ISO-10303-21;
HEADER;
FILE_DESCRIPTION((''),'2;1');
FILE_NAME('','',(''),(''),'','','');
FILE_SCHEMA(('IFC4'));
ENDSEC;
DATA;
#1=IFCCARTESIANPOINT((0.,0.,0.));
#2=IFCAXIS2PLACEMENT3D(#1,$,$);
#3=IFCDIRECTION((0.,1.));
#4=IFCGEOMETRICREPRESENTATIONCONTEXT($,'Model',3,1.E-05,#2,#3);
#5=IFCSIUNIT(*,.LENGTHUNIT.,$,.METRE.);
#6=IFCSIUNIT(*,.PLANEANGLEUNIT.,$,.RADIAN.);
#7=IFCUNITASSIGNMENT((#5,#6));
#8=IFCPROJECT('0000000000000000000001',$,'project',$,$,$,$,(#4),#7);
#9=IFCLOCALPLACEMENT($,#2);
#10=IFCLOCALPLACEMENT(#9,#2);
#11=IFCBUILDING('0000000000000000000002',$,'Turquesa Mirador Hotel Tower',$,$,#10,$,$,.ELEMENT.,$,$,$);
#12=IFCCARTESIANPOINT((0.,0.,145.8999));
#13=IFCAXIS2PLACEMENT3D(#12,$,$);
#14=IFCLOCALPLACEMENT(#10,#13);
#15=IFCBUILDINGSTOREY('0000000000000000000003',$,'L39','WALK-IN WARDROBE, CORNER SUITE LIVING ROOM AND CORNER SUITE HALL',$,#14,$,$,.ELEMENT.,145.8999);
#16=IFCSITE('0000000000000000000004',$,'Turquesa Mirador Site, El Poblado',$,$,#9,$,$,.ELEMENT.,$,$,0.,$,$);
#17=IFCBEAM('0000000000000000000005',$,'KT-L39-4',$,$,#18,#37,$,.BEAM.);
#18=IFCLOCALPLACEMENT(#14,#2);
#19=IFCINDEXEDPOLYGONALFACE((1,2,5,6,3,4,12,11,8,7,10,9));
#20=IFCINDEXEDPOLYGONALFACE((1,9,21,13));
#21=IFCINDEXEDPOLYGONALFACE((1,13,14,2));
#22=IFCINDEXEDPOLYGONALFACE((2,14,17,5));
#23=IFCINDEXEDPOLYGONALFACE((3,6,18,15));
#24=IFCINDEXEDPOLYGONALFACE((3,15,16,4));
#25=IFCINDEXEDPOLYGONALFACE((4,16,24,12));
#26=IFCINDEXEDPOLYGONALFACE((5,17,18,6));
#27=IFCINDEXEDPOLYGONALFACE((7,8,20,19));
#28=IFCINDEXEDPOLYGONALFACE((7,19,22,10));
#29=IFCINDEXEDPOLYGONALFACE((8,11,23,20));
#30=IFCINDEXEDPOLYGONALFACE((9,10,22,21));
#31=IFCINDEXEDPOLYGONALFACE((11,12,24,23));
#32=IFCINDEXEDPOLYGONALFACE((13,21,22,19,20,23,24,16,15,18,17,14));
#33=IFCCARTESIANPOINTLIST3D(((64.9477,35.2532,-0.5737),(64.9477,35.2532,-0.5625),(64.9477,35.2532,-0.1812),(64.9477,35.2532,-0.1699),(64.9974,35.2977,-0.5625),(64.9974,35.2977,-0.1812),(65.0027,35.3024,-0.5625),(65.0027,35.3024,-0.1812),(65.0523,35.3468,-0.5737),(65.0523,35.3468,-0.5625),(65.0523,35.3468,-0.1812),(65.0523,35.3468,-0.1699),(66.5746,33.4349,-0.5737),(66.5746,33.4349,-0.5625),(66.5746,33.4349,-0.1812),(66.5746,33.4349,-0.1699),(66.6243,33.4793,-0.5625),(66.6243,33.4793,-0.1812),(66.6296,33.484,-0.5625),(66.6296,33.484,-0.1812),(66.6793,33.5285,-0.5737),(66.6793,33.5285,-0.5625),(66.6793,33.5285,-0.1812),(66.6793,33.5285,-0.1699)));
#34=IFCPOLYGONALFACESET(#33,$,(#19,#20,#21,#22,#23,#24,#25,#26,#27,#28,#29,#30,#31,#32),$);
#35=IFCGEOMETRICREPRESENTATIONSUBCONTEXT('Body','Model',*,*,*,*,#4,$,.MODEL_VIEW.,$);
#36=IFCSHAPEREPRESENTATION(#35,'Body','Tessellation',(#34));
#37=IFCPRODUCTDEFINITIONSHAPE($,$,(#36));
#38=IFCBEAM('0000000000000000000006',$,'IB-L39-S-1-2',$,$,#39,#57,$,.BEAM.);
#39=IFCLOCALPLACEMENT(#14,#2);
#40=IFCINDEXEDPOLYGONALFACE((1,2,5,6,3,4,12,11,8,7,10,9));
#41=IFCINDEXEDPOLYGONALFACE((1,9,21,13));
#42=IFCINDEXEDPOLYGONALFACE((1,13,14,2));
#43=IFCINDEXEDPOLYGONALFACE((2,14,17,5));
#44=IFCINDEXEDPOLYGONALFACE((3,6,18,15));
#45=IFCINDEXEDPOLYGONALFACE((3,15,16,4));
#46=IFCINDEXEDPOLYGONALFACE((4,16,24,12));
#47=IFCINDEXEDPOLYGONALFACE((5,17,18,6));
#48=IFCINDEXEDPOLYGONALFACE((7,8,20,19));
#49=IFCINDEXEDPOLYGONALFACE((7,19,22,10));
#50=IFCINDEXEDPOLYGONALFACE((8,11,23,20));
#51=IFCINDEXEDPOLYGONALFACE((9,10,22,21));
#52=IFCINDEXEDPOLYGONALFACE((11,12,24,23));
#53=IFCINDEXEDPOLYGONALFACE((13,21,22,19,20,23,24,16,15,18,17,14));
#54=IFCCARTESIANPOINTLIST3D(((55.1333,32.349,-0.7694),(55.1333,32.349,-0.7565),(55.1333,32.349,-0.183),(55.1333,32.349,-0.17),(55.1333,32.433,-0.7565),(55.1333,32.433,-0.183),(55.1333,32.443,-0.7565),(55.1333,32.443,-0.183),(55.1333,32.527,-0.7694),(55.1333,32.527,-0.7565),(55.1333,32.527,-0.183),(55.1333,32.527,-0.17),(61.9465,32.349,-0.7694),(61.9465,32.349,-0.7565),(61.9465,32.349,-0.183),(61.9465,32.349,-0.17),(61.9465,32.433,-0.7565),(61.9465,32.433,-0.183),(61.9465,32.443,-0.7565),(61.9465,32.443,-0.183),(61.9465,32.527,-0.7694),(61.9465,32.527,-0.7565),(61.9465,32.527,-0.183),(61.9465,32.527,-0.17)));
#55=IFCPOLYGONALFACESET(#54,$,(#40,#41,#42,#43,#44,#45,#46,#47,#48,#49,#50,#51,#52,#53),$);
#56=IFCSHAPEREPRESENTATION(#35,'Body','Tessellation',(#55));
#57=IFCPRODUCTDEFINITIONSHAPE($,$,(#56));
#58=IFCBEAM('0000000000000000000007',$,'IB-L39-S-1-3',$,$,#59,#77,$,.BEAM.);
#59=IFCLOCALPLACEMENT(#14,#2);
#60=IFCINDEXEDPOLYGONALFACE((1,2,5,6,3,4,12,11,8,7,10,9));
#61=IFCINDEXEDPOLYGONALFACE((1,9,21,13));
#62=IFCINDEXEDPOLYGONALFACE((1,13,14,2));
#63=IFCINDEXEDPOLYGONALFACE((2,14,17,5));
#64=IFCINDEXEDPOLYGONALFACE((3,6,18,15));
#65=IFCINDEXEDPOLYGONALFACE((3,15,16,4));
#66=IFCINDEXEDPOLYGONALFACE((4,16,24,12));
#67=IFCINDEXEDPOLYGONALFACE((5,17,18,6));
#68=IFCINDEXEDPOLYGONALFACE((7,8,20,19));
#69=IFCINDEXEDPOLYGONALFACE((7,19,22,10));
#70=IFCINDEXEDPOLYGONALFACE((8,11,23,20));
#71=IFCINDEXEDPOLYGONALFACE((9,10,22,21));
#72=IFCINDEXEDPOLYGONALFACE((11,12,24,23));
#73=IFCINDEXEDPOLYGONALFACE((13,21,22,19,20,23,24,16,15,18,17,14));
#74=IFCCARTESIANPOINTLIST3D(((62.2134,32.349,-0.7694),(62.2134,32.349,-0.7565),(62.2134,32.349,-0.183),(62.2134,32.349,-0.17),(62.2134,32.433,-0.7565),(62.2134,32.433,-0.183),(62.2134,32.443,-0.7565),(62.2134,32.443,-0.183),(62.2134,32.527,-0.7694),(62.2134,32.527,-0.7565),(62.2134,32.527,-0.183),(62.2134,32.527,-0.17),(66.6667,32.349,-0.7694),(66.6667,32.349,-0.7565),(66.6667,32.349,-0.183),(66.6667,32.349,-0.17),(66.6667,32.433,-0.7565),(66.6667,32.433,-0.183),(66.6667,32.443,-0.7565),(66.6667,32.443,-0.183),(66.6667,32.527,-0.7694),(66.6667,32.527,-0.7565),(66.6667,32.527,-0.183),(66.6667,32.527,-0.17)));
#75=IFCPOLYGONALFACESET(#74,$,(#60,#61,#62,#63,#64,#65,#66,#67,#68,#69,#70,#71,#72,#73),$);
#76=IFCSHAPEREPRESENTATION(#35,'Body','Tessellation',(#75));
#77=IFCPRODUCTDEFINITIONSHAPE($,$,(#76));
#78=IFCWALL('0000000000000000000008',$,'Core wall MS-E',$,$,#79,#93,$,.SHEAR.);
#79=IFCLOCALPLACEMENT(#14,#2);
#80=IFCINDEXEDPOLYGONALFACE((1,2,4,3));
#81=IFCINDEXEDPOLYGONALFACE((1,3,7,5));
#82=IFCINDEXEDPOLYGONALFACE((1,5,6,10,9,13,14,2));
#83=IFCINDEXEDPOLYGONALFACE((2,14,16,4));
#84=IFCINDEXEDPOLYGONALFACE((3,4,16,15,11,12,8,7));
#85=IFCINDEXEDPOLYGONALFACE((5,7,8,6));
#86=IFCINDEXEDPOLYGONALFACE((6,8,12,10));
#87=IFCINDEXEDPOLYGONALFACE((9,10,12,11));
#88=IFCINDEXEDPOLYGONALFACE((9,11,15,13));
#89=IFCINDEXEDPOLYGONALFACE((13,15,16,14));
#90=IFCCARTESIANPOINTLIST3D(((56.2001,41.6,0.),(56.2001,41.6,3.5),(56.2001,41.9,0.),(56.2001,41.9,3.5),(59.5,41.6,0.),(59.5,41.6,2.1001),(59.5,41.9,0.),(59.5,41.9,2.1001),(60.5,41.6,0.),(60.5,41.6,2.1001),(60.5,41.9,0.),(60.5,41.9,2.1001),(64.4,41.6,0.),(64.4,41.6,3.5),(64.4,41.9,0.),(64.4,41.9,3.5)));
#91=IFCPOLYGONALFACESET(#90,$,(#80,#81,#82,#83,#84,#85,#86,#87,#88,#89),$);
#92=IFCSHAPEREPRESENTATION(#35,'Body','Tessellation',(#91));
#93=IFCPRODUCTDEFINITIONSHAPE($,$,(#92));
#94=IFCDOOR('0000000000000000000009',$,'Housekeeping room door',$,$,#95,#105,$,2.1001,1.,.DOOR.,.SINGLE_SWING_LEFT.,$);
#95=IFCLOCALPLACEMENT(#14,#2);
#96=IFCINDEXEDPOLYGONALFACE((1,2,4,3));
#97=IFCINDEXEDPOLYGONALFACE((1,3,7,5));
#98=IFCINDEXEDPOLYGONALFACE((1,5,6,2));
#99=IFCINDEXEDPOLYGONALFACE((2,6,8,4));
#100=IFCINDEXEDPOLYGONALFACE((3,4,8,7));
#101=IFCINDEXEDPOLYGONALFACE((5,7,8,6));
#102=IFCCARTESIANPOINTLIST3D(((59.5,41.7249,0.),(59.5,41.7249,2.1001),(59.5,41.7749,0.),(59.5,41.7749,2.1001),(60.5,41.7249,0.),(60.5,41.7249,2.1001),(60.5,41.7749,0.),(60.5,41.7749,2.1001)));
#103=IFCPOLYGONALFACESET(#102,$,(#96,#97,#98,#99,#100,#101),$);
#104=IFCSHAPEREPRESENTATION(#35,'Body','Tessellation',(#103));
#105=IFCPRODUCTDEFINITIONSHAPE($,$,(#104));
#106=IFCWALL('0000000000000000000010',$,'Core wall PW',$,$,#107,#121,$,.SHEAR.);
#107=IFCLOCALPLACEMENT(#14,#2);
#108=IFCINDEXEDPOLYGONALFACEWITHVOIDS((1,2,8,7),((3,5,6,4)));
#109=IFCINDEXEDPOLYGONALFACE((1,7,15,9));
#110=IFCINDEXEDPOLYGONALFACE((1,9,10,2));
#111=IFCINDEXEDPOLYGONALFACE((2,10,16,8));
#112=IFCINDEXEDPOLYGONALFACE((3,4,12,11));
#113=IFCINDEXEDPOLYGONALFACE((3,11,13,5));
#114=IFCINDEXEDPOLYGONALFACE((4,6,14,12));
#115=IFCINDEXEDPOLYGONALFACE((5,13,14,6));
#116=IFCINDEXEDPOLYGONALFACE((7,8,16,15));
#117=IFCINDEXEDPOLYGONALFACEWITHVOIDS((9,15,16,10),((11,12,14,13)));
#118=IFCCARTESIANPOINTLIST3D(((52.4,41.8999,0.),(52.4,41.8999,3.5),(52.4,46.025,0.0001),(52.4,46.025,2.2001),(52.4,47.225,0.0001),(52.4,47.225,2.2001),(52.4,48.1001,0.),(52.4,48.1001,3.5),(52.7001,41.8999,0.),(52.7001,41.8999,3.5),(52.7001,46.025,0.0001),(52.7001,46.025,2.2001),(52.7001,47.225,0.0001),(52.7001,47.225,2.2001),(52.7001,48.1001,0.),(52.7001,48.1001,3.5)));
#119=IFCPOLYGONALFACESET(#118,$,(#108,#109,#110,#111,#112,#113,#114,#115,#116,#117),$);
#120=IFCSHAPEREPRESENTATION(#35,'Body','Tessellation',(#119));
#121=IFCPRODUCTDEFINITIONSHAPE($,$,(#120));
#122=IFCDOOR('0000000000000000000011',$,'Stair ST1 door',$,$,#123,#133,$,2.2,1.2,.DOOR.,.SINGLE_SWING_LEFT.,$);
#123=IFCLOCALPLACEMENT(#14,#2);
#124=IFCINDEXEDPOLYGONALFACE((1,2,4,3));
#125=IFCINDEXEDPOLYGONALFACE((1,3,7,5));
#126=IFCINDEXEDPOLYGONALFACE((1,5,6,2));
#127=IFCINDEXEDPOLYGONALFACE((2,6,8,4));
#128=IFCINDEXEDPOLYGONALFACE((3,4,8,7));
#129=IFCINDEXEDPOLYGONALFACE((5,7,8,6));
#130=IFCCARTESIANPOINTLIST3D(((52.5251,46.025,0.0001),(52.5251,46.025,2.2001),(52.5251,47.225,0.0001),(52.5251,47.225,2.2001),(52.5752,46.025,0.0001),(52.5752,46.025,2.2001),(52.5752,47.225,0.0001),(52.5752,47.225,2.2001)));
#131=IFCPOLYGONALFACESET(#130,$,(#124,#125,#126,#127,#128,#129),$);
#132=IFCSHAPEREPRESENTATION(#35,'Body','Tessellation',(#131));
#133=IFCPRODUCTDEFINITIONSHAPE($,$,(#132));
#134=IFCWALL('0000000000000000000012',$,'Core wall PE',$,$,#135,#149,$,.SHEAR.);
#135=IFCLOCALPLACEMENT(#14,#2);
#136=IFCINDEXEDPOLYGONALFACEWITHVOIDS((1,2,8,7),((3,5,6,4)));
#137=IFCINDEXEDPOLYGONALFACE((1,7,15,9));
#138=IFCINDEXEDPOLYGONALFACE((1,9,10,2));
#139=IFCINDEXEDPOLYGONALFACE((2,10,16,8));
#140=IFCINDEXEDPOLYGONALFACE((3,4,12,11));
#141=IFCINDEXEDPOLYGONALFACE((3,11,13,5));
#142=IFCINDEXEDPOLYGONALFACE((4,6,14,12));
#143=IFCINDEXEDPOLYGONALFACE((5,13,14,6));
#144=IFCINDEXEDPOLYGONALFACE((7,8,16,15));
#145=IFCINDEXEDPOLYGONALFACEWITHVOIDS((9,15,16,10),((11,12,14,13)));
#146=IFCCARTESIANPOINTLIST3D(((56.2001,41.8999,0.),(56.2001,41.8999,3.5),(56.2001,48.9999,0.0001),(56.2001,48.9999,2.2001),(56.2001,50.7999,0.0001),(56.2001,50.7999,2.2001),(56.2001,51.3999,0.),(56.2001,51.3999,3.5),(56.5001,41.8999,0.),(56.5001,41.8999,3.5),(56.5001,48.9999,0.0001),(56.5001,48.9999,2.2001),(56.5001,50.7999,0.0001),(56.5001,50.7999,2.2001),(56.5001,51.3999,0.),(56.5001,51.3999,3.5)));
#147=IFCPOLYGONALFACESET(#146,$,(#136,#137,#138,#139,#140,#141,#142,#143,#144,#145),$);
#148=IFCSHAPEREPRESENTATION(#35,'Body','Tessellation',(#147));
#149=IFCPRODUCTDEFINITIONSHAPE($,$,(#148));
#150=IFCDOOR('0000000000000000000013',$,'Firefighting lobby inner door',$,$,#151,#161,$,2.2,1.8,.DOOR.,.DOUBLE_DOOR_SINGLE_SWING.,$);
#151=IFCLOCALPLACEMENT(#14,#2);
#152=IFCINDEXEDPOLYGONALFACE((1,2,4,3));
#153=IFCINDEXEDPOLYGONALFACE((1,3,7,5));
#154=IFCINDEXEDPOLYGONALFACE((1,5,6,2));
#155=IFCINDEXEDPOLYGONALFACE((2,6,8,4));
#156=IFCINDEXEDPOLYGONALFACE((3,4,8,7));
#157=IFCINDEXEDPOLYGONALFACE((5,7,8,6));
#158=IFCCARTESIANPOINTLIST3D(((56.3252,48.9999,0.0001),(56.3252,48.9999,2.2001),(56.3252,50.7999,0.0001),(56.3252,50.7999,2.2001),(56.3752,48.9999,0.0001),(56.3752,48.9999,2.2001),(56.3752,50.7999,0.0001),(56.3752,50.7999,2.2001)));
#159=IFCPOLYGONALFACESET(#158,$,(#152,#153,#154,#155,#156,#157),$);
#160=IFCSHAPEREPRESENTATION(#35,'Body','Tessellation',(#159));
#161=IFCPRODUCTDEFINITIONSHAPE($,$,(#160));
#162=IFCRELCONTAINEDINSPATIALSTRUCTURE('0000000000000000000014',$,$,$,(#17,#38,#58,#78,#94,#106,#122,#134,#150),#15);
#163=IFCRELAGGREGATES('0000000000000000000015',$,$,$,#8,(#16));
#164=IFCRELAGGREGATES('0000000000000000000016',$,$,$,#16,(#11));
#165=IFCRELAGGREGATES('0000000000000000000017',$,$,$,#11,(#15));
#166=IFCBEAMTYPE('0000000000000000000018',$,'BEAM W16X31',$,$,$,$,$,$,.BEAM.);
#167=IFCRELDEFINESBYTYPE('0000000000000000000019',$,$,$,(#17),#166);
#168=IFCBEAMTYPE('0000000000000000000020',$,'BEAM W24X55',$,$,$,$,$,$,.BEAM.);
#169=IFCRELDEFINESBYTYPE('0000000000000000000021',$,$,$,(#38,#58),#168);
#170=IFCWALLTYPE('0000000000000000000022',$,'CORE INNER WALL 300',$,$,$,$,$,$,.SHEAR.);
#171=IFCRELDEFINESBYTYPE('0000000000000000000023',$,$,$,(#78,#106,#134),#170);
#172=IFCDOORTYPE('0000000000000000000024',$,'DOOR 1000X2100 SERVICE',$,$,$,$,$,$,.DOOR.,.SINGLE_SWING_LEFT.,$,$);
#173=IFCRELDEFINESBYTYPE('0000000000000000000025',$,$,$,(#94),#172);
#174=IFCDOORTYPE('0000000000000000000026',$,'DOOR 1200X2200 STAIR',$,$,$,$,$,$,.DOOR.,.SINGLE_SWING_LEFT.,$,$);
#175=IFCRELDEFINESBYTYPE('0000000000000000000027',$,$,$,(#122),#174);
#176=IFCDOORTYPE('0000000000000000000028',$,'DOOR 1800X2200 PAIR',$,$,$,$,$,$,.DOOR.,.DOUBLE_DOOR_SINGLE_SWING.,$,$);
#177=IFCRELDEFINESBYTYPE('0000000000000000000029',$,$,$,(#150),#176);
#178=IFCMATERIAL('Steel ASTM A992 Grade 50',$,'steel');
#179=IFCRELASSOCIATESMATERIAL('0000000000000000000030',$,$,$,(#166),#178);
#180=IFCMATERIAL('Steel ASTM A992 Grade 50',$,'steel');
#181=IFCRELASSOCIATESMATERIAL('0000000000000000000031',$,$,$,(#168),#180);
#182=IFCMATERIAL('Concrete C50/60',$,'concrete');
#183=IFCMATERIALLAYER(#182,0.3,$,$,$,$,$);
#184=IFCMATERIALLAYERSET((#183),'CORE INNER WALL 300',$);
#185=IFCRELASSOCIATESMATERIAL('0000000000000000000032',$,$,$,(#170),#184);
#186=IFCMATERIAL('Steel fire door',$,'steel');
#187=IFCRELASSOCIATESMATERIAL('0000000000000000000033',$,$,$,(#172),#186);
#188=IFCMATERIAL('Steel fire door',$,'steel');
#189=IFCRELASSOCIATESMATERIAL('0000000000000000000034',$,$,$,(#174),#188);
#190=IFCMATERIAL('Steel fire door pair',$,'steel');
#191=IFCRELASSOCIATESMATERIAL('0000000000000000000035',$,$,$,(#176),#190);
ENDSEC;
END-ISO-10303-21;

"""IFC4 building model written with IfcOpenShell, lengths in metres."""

from ifc_helpers import new_model, si_unit, direction, frame, frame_2d, origin, origin_2d, place, context, subcontext, project, spatial, rectangle, i_section, extrude, material, layer, layer_set, material_profile, profile_set, type_object, element, fill, save


model = new_model("IFC4")

# Units and contexts
model_context = context("Model", 3, precision=1e-05, world=origin(), true_north=direction((0.0, 1.0)))
body_context = subcontext(model_context, "Body", "Model", "MODEL_VIEW")
ifc_project = project(units=[si_unit("LENGTHUNIT", "METRE"), si_unit("PLANEANGLEUNIT", "RADIAN")], contexts=[model_context])

# Site, building, storey
site_placement = place(None, origin())
site = spatial("IfcSite", under=ifc_project, at=site_placement, Name="Turquesa Mirador Site, El Poblado", CompositionType="ELEMENT", RefElevation=0.0)
building_placement = place(site_placement, origin())
building = spatial("IfcBuilding", under=site, at=building_placement, Name="Turquesa Mirador Hotel Tower", CompositionType="ELEMENT")
storey_placement = place(building_placement, frame((0.0, 0.0, 145.8999)))
storey = spatial("IfcBuildingStorey", under=building, at=storey_placement, Name="L39", Description="WALK-IN WARDROBE, CORNER SUITE LIVING ROOM AND CORNER SUITE HALL", CompositionType="ELEMENT", Elevation=145.8999)

# Beams
ifc_material_1 = material(Name="Steel ASTM A992 Grade 50", Category="steel")
ifc_material_profile_1 = material_profile(ifc_material_1, i_section(OverallWidth=0.1404, OverallDepth=0.4038, WebThickness=0.0071, FlangeThickness=0.0112, at=origin_2d()), Name="W16X31")
ifc_profile_set_1 = profile_set([ifc_material_profile_1], Name="Steel ASTM A992 Grade 50")
beam_type_1 = type_object("IfcBeamType", Name="BEAM W16X31", PredefinedType="BEAM", material=ifc_profile_set_1)
beam_1_placement = place(storey_placement, frame((66.627, 33.4817, -0.3718), z_axis=(-0.666795, 0.745241, 0.0), x_axis=(-0.745241, -0.666795, 0.0)))
element("IfcBeam", 1, at=beam_1_placement, inside=storey, type_object=beam_type_1, Name="KT-L39-4", PredefinedType="BEAM", context=body_context, shape_type="SweptSolid", body=[
    extrude(i_section(OverallWidth=0.1404, OverallDepth=0.4038, WebThickness=0.0071, FlangeThickness=0.0112, at=origin_2d()), origin(), (0.0, 0.0, 1.0), 2.4399),
])
ifc_material_2 = material(Name="Steel ASTM A992 Grade 50", Category="steel")
ifc_material_profile_2 = material_profile(ifc_material_2, i_section(OverallWidth=0.178, OverallDepth=0.5994, WebThickness=0.01, FlangeThickness=0.0129, at=origin_2d()), Name="W24X55")
ifc_profile_set_2 = profile_set([ifc_material_profile_2], Name="Steel ASTM A992 Grade 50")
beam_type_2 = type_object("IfcBeamType", Name="BEAM W24X55", PredefinedType="BEAM", material=ifc_profile_set_2)
beam_2_placement = place(storey_placement, frame((55.1333, 32.438, -0.4697), z_axis=(1.0, 0.0, 0.0), x_axis=(0.0, 1.0, 0.0)))
element("IfcBeam", 2, at=beam_2_placement, inside=storey, type_object=beam_type_2, Name="IB-L39-S-1-2", PredefinedType="BEAM", context=body_context, shape_type="SweptSolid", body=[
    extrude(i_section(OverallWidth=0.178, OverallDepth=0.5994, WebThickness=0.01, FlangeThickness=0.0129, at=origin_2d()), origin(), (0.0, 0.0, 1.0), 6.8132),
])
beam_3_placement = place(storey_placement, frame((62.2134, 32.438, -0.4697), z_axis=(1.0, 0.0, 0.0), x_axis=(0.0, 1.0, 0.0)))
element("IfcBeam", 3, at=beam_3_placement, inside=storey, type_object=beam_type_2, Name="IB-L39-S-1-3", PredefinedType="BEAM", context=body_context, shape_type="SweptSolid", body=[
    extrude(i_section(OverallWidth=0.178, OverallDepth=0.5994, WebThickness=0.01, FlangeThickness=0.0129, at=origin_2d()), origin(), (0.0, 0.0, 1.0), 4.4534),
])

# Walls, openings, doors
ifc_material_3 = material(Name="Concrete C50/60", Category="concrete")
ifc_layer_1 = layer(ifc_material_3, 0.3)
ifc_layer_set_1 = layer_set([ifc_layer_1], Name="CORE INNER WALL 300")
wall_type_1 = type_object("IfcWallType", Name="CORE INNER WALL 300", PredefinedType="SHEAR", material=ifc_layer_set_1)
wall_1_placement = place(storey_placement, frame((56.2, 41.75, 0.0), z_axis=(0.0, 0.0, 1.0), x_axis=(1.0, 0.0, 0.0)))
wall_1 = element("IfcWall", 4, at=wall_1_placement, inside=storey, type_object=wall_type_1, Name="Core wall MS-E", PredefinedType="SHEAR", context=body_context, shape_type="SweptSolid", body=[
    extrude(rectangle(XDim=8.2, YDim=0.3, at=frame_2d((4.1001, 0.0))), origin(), (0.0, 0.0, 1.0), 3.5),
])
opening_1_placement = place(wall_1_placement, frame((3.3, 0.0, 0.0)))
opening_1 = element("IfcOpeningElement", 5, at=opening_1_placement, cuts=wall_1, PredefinedType="OPENING", context=body_context, shape_type="SweptSolid", body=[
    extrude(rectangle(XDim=1.0, YDim=2.1001, at=frame_2d((0.5, 1.05))), frame((0.0, 0.1599, 0.0), z_axis=(0.0, -1.0, 0.0), x_axis=(1.0, 0.0, 0.0)), (0.0, 0.0, 1.0), 0.3201),
])
ifc_material_4 = material(Name="Steel fire door", Category="steel")
door_type_1 = type_object("IfcDoorType", Name="DOOR 1000X2100 SERVICE", OperationType="SINGLE_SWING_LEFT", PredefinedType="DOOR", material=ifc_material_4)
door_1_placement = place(opening_1_placement, origin())
door_1 = element("IfcDoor", 6, at=door_1_placement, inside=storey, type_object=door_type_1, Name="Housekeeping room door", OperationType="SINGLE_SWING_LEFT", OverallHeight=2.1001, OverallWidth=1.0, PredefinedType="DOOR", context=body_context, shape_type="SweptSolid", body=[
    extrude(rectangle(XDim=1.0, YDim=2.1001, at=frame_2d((0.5, 1.05))), frame((0.0, 0.0249, 0.0), z_axis=(0.0, -1.0, 0.0), x_axis=(1.0, 0.0, 0.0)), (0.0, 0.0, 1.0), 0.05),
])
fill(opening_1, door_1)
wall_2_placement = place(storey_placement, frame((52.55, 41.8999, 0.0), z_axis=(0.0, 0.0, 1.0), x_axis=(0.0, 1.0, 0.0)))
wall_2 = element("IfcWall", 7, at=wall_2_placement, inside=storey, type_object=wall_type_1, Name="Core wall PW", PredefinedType="SHEAR", context=body_context, shape_type="SweptSolid", body=[
    extrude(rectangle(XDim=6.2002, YDim=0.3, at=frame_2d((3.1001, 0.0))), origin(), (0.0, 0.0, 1.0), 3.5),
])
opening_2_placement = place(wall_2_placement, frame((4.125, 0.0, 0.0)))
opening_2 = element("IfcOpeningElement", 8, at=opening_2_placement, cuts=wall_2, PredefinedType="OPENING", context=body_context, shape_type="SweptSolid", body=[
    extrude(rectangle(XDim=1.2, YDim=2.2, at=frame_2d((0.6001, 1.1001))), frame((0.0, 0.1599, 0.0), z_axis=(0.0, -1.0, 0.0), x_axis=(1.0, 0.0, 0.0)), (0.0, 0.0, 1.0), 0.3201),
])
ifc_material_5 = material(Name="Steel fire door", Category="steel")
door_type_2 = type_object("IfcDoorType", Name="DOOR 1200X2200 STAIR", OperationType="SINGLE_SWING_LEFT", PredefinedType="DOOR", material=ifc_material_5)
door_2_placement = place(opening_2_placement, origin())
door_2 = element("IfcDoor", 9, at=door_2_placement, inside=storey, type_object=door_type_2, Name="Stair ST1 door", OperationType="SINGLE_SWING_LEFT", OverallHeight=2.2, OverallWidth=1.2, PredefinedType="DOOR", context=body_context, shape_type="SweptSolid", body=[
    extrude(rectangle(XDim=1.2, YDim=2.2, at=frame_2d((0.6001, 1.1001))), frame((0.0, 0.0249, 0.0), z_axis=(0.0, -1.0, 0.0), x_axis=(1.0, 0.0, 0.0)), (0.0, 0.0, 1.0), 0.05),
])
fill(opening_2, door_2)
wall_3_placement = place(storey_placement, frame((56.3501, 41.8999, 0.0), z_axis=(0.0, 0.0, 1.0), x_axis=(0.0, 1.0, 0.0)))
wall_3 = element("IfcWall", 10, at=wall_3_placement, inside=storey, type_object=wall_type_1, Name="Core wall PE", PredefinedType="SHEAR", context=body_context, shape_type="SweptSolid", body=[
    extrude(rectangle(XDim=9.5, YDim=0.3, at=frame_2d((4.75, 0.0))), origin(), (0.0, 0.0, 1.0), 3.5),
])
opening_3_placement = place(wall_3_placement, frame((7.1001, 0.0, 0.0)))
opening_3 = element("IfcOpeningElement", 11, at=opening_3_placement, cuts=wall_3, PredefinedType="OPENING", context=body_context, shape_type="SweptSolid", body=[
    extrude(rectangle(XDim=1.8, YDim=2.2, at=frame_2d((0.8999, 1.1001))), frame((0.0, 0.1599, 0.0), z_axis=(0.0, -1.0, 0.0), x_axis=(1.0, 0.0, 0.0)), (0.0, 0.0, 1.0), 0.3201),
])
ifc_material_6 = material(Name="Steel fire door pair", Category="steel")
door_type_3 = type_object("IfcDoorType", Name="DOOR 1800X2200 PAIR", OperationType="DOUBLE_DOOR_SINGLE_SWING", PredefinedType="DOOR", material=ifc_material_6)
door_3_placement = place(opening_3_placement, origin())
door_3 = element("IfcDoor", 12, at=door_3_placement, inside=storey, type_object=door_type_3, Name="Firefighting lobby inner door", OperationType="DOUBLE_DOOR_SINGLE_SWING", OverallHeight=2.2, OverallWidth=1.8, PredefinedType="DOOR", context=body_context, shape_type="SweptSolid", body=[
    extrude(rectangle(XDim=1.8, YDim=2.2, at=frame_2d((0.8999, 1.1001))), frame((0.0, 0.0249, 0.0), z_axis=(0.0, -1.0, 0.0), x_axis=(1.0, 0.0, 0.0)), (0.0, 0.0, 1.0), 0.05),
])
fill(opening_3, door_3)

save(model, "model.ifc")
